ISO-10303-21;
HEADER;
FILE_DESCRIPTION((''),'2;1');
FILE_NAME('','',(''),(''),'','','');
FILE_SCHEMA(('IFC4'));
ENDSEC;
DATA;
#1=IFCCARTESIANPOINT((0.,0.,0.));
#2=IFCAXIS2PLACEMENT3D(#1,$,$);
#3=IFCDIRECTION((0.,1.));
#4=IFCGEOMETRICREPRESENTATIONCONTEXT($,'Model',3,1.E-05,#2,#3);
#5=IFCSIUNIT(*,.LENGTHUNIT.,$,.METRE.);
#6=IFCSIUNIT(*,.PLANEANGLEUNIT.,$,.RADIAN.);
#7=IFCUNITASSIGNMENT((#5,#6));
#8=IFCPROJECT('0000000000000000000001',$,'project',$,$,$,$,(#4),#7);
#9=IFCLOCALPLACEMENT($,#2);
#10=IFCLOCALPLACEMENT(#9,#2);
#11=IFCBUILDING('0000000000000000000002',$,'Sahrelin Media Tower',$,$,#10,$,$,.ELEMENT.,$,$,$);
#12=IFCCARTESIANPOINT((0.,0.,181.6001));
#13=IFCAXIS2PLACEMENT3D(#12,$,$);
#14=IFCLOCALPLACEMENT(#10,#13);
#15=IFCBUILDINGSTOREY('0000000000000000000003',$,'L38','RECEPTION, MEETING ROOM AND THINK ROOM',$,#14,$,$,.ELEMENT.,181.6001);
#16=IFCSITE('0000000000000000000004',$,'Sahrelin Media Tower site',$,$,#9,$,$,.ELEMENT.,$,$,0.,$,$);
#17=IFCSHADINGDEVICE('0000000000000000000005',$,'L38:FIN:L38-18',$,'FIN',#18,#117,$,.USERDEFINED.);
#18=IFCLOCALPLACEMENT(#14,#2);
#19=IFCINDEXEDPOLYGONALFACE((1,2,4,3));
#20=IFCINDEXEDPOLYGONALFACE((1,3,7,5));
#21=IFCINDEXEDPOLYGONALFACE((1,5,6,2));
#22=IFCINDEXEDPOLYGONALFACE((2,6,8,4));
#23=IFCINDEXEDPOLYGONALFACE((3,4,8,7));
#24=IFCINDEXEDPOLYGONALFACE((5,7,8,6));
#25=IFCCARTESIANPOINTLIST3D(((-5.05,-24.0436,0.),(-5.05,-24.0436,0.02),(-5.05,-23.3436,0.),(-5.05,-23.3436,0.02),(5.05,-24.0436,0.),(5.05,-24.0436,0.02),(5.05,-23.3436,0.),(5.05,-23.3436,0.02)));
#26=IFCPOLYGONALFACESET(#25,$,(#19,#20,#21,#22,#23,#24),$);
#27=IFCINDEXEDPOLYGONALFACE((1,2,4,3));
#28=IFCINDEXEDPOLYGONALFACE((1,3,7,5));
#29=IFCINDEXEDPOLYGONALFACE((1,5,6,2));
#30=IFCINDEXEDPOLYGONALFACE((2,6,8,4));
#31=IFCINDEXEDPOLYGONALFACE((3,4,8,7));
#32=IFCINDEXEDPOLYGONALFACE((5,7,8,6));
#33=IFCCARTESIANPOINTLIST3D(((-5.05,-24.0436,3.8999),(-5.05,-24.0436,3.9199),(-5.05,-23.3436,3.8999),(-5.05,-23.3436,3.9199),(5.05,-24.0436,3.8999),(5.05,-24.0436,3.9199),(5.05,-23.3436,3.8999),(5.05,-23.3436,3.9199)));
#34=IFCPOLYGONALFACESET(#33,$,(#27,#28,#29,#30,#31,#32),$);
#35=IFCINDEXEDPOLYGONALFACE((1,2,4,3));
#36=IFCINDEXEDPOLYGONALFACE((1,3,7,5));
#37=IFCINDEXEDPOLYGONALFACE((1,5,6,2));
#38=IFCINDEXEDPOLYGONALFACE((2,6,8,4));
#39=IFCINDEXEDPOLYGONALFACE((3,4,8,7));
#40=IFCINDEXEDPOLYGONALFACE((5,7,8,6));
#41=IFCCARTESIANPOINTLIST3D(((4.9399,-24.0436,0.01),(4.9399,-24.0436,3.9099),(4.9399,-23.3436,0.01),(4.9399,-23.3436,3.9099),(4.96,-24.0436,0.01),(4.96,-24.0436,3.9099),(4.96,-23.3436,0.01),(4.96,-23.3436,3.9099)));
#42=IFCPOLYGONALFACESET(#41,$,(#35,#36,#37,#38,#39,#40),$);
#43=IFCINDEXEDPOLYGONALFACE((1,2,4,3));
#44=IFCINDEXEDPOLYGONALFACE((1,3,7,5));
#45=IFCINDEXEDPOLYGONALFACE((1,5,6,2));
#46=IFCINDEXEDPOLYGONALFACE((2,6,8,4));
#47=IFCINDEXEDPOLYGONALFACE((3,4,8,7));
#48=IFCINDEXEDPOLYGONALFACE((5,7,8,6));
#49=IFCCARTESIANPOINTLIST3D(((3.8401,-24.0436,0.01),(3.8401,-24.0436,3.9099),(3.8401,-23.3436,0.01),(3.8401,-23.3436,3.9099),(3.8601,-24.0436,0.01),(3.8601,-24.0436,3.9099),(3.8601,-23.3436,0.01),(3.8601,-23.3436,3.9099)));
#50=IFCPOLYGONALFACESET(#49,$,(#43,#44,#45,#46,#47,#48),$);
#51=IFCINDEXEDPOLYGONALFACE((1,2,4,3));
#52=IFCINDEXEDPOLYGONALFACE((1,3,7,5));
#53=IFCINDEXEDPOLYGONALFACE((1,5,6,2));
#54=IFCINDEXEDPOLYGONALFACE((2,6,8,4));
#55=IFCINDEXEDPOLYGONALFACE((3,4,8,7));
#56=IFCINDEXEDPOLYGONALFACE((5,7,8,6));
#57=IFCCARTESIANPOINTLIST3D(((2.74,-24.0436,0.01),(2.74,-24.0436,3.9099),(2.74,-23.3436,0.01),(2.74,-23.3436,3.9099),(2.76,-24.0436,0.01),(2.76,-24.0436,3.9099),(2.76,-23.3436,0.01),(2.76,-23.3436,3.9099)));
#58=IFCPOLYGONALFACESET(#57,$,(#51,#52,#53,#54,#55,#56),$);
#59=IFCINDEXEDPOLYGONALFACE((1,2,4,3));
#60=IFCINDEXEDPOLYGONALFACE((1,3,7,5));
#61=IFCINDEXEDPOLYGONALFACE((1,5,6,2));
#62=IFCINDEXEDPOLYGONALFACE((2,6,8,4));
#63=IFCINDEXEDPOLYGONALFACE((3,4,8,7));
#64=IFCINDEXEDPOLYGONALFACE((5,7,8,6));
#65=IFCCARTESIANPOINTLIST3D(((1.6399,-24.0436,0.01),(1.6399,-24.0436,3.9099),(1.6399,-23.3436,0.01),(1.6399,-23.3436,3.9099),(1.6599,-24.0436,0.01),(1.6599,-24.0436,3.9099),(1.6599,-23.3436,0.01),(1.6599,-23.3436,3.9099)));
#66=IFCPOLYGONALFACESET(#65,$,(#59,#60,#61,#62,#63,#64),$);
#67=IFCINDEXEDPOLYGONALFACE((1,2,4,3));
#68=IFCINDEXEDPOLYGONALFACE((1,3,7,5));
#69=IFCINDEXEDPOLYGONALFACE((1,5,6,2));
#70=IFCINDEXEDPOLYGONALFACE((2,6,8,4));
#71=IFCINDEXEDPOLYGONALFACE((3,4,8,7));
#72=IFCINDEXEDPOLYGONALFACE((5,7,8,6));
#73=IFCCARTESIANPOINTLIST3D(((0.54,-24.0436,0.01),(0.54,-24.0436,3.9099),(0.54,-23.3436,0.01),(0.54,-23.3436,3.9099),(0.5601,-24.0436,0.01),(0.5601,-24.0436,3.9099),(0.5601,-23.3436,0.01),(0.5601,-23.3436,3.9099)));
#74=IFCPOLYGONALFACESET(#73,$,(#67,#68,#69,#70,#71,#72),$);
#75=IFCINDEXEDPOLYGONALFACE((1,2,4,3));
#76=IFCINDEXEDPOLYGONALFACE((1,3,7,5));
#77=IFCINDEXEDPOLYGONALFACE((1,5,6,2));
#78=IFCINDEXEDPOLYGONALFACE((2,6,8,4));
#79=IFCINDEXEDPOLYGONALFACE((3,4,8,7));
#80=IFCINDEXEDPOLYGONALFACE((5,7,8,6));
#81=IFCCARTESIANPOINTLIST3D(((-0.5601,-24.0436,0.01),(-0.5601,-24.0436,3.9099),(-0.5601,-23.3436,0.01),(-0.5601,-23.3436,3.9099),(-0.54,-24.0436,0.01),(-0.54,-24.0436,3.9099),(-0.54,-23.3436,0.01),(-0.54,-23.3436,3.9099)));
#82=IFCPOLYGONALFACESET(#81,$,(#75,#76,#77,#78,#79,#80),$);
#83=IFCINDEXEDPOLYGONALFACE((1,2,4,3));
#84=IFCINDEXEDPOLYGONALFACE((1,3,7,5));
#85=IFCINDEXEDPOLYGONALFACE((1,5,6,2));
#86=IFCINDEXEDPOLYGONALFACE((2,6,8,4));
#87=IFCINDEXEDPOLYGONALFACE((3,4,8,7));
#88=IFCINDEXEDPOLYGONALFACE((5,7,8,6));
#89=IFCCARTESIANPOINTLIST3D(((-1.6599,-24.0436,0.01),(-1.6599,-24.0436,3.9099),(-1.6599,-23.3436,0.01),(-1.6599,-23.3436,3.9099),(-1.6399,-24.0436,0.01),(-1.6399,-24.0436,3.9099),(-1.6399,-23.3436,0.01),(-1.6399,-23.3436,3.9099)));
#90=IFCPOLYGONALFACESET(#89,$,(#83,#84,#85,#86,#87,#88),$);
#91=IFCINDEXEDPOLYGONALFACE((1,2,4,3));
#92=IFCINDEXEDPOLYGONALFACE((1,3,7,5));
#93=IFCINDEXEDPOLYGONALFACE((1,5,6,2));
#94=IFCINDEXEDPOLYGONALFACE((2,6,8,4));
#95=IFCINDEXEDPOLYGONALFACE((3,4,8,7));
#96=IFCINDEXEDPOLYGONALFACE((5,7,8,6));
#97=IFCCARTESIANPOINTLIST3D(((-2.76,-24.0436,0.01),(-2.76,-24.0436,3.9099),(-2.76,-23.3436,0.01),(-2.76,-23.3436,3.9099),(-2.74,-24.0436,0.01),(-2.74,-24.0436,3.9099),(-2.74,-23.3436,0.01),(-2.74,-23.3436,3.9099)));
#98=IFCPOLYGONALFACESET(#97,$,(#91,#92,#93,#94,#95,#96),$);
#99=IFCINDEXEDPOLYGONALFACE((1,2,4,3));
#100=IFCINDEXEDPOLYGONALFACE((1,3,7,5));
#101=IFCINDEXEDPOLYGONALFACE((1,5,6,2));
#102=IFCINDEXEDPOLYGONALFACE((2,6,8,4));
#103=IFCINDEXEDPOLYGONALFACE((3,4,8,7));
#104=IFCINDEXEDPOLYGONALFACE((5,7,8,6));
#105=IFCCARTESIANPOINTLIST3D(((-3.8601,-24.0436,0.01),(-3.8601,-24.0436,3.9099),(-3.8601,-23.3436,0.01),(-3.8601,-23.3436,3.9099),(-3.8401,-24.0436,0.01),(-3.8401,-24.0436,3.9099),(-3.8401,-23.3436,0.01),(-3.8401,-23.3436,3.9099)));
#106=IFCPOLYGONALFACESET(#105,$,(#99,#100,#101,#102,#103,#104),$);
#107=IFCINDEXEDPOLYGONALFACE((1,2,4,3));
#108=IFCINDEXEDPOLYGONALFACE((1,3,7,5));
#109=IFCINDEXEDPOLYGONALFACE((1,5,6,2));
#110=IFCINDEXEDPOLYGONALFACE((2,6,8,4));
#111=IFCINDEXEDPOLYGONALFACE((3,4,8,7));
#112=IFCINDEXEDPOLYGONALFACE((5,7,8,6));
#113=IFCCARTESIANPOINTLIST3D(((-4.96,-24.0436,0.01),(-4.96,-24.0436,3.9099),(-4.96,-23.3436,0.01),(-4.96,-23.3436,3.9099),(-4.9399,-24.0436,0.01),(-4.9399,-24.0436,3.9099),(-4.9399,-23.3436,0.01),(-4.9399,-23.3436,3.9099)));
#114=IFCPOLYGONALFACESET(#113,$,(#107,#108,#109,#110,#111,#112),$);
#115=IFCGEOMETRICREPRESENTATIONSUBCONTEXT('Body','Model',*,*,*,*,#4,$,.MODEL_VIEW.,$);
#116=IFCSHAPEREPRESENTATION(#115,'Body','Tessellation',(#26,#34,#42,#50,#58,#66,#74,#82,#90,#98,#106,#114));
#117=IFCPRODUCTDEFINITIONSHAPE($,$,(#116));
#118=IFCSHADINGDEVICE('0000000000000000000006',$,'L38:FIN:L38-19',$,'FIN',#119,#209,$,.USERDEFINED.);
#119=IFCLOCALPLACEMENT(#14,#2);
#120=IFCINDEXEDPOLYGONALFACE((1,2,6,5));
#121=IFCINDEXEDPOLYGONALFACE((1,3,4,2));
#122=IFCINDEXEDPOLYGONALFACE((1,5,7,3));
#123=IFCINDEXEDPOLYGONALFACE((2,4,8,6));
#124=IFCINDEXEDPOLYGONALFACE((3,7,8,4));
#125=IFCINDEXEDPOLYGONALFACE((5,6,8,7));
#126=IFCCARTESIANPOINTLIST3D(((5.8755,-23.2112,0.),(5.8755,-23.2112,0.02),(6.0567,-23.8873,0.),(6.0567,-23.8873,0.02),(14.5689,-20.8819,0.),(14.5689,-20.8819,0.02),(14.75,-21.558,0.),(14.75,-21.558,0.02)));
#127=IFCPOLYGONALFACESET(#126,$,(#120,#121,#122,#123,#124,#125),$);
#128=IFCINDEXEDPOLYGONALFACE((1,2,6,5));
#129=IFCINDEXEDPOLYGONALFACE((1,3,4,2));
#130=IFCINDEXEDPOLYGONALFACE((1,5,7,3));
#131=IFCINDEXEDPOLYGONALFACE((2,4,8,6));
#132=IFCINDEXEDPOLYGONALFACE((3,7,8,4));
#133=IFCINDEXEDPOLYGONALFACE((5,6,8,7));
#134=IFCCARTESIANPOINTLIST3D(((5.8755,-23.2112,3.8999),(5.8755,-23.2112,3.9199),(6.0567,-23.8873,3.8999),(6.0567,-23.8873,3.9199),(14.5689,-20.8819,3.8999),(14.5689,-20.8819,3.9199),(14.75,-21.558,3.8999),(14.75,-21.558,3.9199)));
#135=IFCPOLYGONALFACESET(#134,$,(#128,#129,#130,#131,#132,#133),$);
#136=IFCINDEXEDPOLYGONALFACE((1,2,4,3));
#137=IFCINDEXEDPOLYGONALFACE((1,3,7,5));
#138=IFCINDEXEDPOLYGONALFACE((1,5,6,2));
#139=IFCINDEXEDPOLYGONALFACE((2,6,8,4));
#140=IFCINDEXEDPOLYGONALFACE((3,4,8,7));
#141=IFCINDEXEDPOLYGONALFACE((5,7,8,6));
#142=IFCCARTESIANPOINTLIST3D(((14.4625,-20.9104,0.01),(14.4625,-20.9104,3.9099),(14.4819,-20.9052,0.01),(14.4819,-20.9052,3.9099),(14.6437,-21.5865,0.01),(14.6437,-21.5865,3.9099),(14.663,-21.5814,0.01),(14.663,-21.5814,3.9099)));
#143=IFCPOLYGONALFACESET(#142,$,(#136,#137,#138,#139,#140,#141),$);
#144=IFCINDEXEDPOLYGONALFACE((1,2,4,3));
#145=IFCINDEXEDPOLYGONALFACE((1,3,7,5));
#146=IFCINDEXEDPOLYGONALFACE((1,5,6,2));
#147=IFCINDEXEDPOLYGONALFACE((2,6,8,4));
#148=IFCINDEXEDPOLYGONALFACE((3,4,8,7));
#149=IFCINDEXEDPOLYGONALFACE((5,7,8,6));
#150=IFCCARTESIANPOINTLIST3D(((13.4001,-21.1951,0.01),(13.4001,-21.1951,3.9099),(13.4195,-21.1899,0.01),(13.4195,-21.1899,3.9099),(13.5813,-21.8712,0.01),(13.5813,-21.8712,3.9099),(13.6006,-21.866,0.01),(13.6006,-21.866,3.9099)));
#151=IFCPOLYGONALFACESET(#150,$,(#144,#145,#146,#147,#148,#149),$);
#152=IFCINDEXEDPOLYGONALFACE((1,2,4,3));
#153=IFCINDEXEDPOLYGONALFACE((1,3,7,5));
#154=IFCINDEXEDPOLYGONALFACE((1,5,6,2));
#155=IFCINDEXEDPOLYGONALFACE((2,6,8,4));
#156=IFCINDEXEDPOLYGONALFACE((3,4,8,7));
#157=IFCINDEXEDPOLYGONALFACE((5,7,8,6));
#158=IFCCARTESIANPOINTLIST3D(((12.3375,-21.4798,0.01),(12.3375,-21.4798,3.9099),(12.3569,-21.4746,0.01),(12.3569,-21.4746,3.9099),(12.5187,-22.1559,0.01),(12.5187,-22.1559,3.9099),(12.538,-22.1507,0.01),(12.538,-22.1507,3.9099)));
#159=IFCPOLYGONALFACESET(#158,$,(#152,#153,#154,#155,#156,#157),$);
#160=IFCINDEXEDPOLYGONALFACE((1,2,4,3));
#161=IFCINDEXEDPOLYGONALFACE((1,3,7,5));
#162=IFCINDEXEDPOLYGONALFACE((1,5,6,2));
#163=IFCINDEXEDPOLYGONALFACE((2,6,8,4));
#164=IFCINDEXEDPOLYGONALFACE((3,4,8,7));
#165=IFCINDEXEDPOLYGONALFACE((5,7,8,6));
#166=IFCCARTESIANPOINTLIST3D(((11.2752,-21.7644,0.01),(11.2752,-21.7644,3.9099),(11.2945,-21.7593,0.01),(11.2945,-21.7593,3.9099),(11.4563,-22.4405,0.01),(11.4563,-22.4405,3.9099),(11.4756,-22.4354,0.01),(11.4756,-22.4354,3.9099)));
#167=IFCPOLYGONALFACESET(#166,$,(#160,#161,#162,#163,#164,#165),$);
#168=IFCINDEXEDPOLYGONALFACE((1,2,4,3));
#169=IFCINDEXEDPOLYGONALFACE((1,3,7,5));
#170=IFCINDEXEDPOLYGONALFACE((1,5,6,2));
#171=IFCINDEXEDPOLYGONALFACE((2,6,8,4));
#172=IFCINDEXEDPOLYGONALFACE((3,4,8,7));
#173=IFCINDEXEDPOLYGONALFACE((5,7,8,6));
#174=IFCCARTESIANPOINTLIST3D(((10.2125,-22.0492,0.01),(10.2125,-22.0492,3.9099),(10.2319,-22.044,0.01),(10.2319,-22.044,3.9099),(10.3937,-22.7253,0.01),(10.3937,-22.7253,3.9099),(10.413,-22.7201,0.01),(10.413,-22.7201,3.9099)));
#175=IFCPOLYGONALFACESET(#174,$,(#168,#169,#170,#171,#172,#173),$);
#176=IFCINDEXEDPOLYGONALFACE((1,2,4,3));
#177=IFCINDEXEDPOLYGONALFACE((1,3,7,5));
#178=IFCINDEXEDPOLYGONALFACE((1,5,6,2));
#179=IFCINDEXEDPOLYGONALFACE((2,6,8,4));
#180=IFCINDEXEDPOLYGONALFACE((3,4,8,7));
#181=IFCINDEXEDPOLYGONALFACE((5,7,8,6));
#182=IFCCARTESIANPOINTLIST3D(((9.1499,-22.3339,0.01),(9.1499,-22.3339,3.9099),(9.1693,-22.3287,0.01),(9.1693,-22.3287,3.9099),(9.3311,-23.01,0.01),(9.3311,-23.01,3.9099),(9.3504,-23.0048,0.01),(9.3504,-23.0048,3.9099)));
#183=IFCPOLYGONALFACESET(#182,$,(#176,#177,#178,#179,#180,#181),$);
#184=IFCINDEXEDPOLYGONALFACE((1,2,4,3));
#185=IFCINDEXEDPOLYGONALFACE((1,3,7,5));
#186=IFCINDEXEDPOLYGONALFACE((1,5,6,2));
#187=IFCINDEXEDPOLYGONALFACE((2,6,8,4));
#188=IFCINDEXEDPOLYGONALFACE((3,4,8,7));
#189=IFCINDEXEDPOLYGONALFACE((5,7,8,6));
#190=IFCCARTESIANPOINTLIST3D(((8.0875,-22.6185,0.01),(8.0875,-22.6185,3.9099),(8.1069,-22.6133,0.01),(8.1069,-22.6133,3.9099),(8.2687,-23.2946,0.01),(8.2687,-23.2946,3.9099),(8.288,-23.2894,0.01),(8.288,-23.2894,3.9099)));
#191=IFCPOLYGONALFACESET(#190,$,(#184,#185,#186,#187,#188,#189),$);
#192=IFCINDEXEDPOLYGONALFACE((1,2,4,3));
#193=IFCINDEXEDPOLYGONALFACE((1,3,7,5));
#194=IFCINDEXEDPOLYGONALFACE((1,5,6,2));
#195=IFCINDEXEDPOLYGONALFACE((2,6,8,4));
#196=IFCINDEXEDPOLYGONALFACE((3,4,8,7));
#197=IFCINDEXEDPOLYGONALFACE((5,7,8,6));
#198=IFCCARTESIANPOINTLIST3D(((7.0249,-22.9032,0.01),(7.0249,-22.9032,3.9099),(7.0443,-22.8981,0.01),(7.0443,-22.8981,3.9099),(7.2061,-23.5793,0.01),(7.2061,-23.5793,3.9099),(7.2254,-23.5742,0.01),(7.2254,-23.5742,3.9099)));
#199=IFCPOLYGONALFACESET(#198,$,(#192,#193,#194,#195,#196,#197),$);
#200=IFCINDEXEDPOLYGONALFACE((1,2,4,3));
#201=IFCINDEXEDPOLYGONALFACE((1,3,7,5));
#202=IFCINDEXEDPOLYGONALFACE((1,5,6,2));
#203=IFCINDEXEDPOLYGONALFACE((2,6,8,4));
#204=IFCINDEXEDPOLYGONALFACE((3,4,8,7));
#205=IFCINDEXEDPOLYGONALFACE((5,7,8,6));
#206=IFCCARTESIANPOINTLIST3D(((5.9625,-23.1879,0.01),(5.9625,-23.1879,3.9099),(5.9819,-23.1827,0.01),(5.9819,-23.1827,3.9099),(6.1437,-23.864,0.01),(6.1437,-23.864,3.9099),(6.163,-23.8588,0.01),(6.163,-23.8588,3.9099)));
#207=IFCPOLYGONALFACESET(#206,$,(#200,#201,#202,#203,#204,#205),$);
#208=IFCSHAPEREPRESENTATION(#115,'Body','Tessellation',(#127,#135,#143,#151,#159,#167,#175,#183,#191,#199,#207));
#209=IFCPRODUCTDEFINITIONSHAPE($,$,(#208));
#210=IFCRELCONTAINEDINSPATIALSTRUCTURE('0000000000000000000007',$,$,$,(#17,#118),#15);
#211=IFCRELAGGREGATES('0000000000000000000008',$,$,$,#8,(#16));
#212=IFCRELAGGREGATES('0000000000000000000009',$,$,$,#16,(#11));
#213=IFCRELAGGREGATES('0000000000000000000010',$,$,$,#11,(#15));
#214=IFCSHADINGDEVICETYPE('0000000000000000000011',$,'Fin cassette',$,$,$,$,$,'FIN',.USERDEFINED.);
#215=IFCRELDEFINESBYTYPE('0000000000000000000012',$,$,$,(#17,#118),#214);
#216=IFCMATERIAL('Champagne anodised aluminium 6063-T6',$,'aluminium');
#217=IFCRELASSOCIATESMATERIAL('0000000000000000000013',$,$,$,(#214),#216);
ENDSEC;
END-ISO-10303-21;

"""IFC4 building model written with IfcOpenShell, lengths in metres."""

from ifc_helpers import new_model, si_unit, direction, frame, origin, origin_2d, place, context, subcontext, project, spatial, rectangle, extrude, material, type_object, element, save


model = new_model("IFC4")

# Units and contexts
model_context = context("Model", 3, precision=1e-05, world=origin(), true_north=direction((0.0, 1.0)))
body_context = subcontext(model_context, "Body", "Model", "MODEL_VIEW")
ifc_project = project(units=[si_unit("LENGTHUNIT", "METRE"), si_unit("PLANEANGLEUNIT", "RADIAN")], contexts=[model_context])

# Site, building, storey
site_placement = place(None, origin())
site = spatial("IfcSite", under=ifc_project, at=site_placement, Name="Sahrelin Media Tower site", CompositionType="ELEMENT", RefElevation=0.0)
building_placement = place(site_placement, origin())
building = spatial("IfcBuilding", under=site, at=building_placement, Name="Sahrelin Media Tower", CompositionType="ELEMENT")
storey_placement = place(building_placement, frame((0.0, 0.0, 181.6001)))
storey = spatial("IfcBuildingStorey", under=building, at=storey_placement, Name="L38", Description="RECEPTION, MEETING ROOM AND THINK ROOM", CompositionType="ELEMENT", Elevation=181.6001)

# Shared definitions
ifc_material_1 = material(Name="Champagne anodised aluminium 6063-T6", Category="aluminium")

# Shading devices
shading_device_type_1 = type_object("IfcShadingDeviceType", Name="Fin cassette", ElementType="FIN", PredefinedType="USERDEFINED", material=ifc_material_1)
placement_1 = place(storey_placement, frame((0.0, -23.2737, 0.0), z_axis=(0.0, 0.0, 1.0), x_axis=(-1.0, 0.0, 0.0)))
element("IfcShadingDevice", 1, at=placement_1, inside=storey, type_object=shading_device_type_1, Name="L38:FIN:L38-18", ObjectType="FIN", PredefinedType="USERDEFINED", context=body_context, shape_type="SweptSolid", body=[
    extrude(rectangle(XDim=10.1001, YDim=0.7, at=origin_2d()), frame((0.0, 0.4199, 0.0)), (0.0, 0.0, 1.0), 0.02),
    extrude(rectangle(XDim=10.1001, YDim=0.7, at=origin_2d()), frame((0.0, 0.4199, 3.8999)), (0.0, 0.0, 1.0), 0.02),
    extrude(rectangle(XDim=0.02, YDim=0.7, at=origin_2d()), frame((-4.95, 0.4199, 0.01), z_axis=(0.0, 0.0, 1.0), x_axis=(1.0, 0.0, 0.0)), (0.0, 0.0, 1.0), 3.8999),
    extrude(rectangle(XDim=0.02, YDim=0.7, at=origin_2d()), frame((-3.8501, 0.4199, 0.01), z_axis=(0.0, 0.0, 1.0), x_axis=(1.0, 0.0, 0.0)), (0.0, 0.0, 1.0), 3.8999),
    extrude(rectangle(XDim=0.02, YDim=0.7, at=origin_2d()), frame((-2.75, 0.4199, 0.01), z_axis=(0.0, 0.0, 1.0), x_axis=(1.0, 0.0, 0.0)), (0.0, 0.0, 1.0), 3.8999),
    extrude(rectangle(XDim=0.02, YDim=0.7, at=origin_2d()), frame((-1.6499, 0.4199, 0.01), z_axis=(0.0, 0.0, 1.0), x_axis=(1.0, 0.0, 0.0)), (0.0, 0.0, 1.0), 3.8999),
    extrude(rectangle(XDim=0.02, YDim=0.7, at=origin_2d()), frame((-0.55, 0.4199, 0.01), z_axis=(0.0, 0.0, 1.0), x_axis=(1.0, 0.0, 0.0)), (0.0, 0.0, 1.0), 3.8999),
    extrude(rectangle(XDim=0.02, YDim=0.7, at=origin_2d()), frame((0.55, 0.4199, 0.01), z_axis=(0.0, 0.0, 1.0), x_axis=(1.0, 0.0, 0.0)), (0.0, 0.0, 1.0), 3.8999),
    extrude(rectangle(XDim=0.02, YDim=0.7, at=origin_2d()), frame((1.6499, 0.4199, 0.01), z_axis=(0.0, 0.0, 1.0), x_axis=(1.0, 0.0, 0.0)), (0.0, 0.0, 1.0), 3.8999),
    extrude(rectangle(XDim=0.02, YDim=0.7, at=origin_2d()), frame((2.75, 0.4199, 0.01), z_axis=(0.0, 0.0, 1.0), x_axis=(1.0, 0.0, 0.0)), (0.0, 0.0, 1.0), 3.8999),
    extrude(rectangle(XDim=0.02, YDim=0.7, at=origin_2d()), frame((3.8501, 0.4199, 0.01), z_axis=(0.0, 0.0, 1.0), x_axis=(1.0, 0.0, 0.0)), (0.0, 0.0, 1.0), 3.8999),
    extrude(rectangle(XDim=0.02, YDim=0.7, at=origin_2d()), frame((4.95, 0.4199, 0.01), z_axis=(0.0, 0.0, 1.0), x_axis=(1.0, 0.0, 0.0)), (0.0, 0.0, 1.0), 3.8999),
])
placement_2 = place(storey_placement, frame((10.2041, -21.979, 0.0), z_axis=(0.0, 0.0, 1.0), x_axis=(-0.965929, -0.258808, 0.0)))
element("IfcShadingDevice", 2, at=placement_2, inside=storey, type_object=shading_device_type_1, Name="L38:FIN:L38-19", ObjectType="FIN", PredefinedType="USERDEFINED", context=body_context, shape_type="SweptSolid", body=[
    extrude(rectangle(XDim=9.0, YDim=0.7, at=origin_2d()), frame((0.0, 0.4199, 0.0)), (0.0, 0.0, 1.0), 0.02),
    extrude(rectangle(XDim=9.0, YDim=0.7, at=origin_2d()), frame((0.0, 0.4199, 3.8999)), (0.0, 0.0, 1.0), 0.02),
    extrude(rectangle(XDim=0.02, YDim=0.7, at=origin_2d()), frame((-4.3999, 0.4199, 0.01), z_axis=(0.0, 0.0, 1.0), x_axis=(1.0, 0.0, 0.0)), (0.0, 0.0, 1.0), 3.8999),
    extrude(rectangle(XDim=0.02, YDim=0.7, at=origin_2d()), frame((-3.3, 0.4199, 0.01), z_axis=(0.0, 0.0, 1.0), x_axis=(1.0, 0.0, 0.0)), (0.0, 0.0, 1.0), 3.8999),
    extrude(rectangle(XDim=0.02, YDim=0.7, at=origin_2d()), frame((-2.2, 0.4199, 0.01), z_axis=(0.0, 0.0, 1.0), x_axis=(1.0, 0.0, 0.0)), (0.0, 0.0, 1.0), 3.8999),
    extrude(rectangle(XDim=0.02, YDim=0.7, at=origin_2d()), frame((-1.1001, 0.4199, 0.01), z_axis=(0.0, 0.0, 1.0), x_axis=(1.0, 0.0, 0.0)), (0.0, 0.0, 1.0), 3.8999),
    extrude(rectangle(XDim=0.02, YDim=0.7, at=origin_2d()), frame((0.0, 0.4199, 0.01), z_axis=(0.0, 0.0, 1.0), x_axis=(1.0, 0.0, 0.0)), (0.0, 0.0, 1.0), 3.8999),
    extrude(rectangle(XDim=0.02, YDim=0.7, at=origin_2d()), frame((1.1001, 0.4199, 0.01), z_axis=(0.0, 0.0, 1.0), x_axis=(1.0, 0.0, 0.0)), (0.0, 0.0, 1.0), 3.8999),
    extrude(rectangle(XDim=0.02, YDim=0.7, at=origin_2d()), frame((2.2, 0.4199, 0.01), z_axis=(0.0, 0.0, 1.0), x_axis=(1.0, 0.0, 0.0)), (0.0, 0.0, 1.0), 3.8999),
    extrude(rectangle(XDim=0.02, YDim=0.7, at=origin_2d()), frame((3.3, 0.4199, 0.01), z_axis=(0.0, 0.0, 1.0), x_axis=(1.0, 0.0, 0.0)), (0.0, 0.0, 1.0), 3.8999),
    extrude(rectangle(XDim=0.02, YDim=0.7, at=origin_2d()), frame((4.3999, 0.4199, 0.01), z_axis=(0.0, 0.0, 1.0), x_axis=(1.0, 0.0, 0.0)), (0.0, 0.0, 1.0), 3.8999),
])

save(model, "model.ifc")
